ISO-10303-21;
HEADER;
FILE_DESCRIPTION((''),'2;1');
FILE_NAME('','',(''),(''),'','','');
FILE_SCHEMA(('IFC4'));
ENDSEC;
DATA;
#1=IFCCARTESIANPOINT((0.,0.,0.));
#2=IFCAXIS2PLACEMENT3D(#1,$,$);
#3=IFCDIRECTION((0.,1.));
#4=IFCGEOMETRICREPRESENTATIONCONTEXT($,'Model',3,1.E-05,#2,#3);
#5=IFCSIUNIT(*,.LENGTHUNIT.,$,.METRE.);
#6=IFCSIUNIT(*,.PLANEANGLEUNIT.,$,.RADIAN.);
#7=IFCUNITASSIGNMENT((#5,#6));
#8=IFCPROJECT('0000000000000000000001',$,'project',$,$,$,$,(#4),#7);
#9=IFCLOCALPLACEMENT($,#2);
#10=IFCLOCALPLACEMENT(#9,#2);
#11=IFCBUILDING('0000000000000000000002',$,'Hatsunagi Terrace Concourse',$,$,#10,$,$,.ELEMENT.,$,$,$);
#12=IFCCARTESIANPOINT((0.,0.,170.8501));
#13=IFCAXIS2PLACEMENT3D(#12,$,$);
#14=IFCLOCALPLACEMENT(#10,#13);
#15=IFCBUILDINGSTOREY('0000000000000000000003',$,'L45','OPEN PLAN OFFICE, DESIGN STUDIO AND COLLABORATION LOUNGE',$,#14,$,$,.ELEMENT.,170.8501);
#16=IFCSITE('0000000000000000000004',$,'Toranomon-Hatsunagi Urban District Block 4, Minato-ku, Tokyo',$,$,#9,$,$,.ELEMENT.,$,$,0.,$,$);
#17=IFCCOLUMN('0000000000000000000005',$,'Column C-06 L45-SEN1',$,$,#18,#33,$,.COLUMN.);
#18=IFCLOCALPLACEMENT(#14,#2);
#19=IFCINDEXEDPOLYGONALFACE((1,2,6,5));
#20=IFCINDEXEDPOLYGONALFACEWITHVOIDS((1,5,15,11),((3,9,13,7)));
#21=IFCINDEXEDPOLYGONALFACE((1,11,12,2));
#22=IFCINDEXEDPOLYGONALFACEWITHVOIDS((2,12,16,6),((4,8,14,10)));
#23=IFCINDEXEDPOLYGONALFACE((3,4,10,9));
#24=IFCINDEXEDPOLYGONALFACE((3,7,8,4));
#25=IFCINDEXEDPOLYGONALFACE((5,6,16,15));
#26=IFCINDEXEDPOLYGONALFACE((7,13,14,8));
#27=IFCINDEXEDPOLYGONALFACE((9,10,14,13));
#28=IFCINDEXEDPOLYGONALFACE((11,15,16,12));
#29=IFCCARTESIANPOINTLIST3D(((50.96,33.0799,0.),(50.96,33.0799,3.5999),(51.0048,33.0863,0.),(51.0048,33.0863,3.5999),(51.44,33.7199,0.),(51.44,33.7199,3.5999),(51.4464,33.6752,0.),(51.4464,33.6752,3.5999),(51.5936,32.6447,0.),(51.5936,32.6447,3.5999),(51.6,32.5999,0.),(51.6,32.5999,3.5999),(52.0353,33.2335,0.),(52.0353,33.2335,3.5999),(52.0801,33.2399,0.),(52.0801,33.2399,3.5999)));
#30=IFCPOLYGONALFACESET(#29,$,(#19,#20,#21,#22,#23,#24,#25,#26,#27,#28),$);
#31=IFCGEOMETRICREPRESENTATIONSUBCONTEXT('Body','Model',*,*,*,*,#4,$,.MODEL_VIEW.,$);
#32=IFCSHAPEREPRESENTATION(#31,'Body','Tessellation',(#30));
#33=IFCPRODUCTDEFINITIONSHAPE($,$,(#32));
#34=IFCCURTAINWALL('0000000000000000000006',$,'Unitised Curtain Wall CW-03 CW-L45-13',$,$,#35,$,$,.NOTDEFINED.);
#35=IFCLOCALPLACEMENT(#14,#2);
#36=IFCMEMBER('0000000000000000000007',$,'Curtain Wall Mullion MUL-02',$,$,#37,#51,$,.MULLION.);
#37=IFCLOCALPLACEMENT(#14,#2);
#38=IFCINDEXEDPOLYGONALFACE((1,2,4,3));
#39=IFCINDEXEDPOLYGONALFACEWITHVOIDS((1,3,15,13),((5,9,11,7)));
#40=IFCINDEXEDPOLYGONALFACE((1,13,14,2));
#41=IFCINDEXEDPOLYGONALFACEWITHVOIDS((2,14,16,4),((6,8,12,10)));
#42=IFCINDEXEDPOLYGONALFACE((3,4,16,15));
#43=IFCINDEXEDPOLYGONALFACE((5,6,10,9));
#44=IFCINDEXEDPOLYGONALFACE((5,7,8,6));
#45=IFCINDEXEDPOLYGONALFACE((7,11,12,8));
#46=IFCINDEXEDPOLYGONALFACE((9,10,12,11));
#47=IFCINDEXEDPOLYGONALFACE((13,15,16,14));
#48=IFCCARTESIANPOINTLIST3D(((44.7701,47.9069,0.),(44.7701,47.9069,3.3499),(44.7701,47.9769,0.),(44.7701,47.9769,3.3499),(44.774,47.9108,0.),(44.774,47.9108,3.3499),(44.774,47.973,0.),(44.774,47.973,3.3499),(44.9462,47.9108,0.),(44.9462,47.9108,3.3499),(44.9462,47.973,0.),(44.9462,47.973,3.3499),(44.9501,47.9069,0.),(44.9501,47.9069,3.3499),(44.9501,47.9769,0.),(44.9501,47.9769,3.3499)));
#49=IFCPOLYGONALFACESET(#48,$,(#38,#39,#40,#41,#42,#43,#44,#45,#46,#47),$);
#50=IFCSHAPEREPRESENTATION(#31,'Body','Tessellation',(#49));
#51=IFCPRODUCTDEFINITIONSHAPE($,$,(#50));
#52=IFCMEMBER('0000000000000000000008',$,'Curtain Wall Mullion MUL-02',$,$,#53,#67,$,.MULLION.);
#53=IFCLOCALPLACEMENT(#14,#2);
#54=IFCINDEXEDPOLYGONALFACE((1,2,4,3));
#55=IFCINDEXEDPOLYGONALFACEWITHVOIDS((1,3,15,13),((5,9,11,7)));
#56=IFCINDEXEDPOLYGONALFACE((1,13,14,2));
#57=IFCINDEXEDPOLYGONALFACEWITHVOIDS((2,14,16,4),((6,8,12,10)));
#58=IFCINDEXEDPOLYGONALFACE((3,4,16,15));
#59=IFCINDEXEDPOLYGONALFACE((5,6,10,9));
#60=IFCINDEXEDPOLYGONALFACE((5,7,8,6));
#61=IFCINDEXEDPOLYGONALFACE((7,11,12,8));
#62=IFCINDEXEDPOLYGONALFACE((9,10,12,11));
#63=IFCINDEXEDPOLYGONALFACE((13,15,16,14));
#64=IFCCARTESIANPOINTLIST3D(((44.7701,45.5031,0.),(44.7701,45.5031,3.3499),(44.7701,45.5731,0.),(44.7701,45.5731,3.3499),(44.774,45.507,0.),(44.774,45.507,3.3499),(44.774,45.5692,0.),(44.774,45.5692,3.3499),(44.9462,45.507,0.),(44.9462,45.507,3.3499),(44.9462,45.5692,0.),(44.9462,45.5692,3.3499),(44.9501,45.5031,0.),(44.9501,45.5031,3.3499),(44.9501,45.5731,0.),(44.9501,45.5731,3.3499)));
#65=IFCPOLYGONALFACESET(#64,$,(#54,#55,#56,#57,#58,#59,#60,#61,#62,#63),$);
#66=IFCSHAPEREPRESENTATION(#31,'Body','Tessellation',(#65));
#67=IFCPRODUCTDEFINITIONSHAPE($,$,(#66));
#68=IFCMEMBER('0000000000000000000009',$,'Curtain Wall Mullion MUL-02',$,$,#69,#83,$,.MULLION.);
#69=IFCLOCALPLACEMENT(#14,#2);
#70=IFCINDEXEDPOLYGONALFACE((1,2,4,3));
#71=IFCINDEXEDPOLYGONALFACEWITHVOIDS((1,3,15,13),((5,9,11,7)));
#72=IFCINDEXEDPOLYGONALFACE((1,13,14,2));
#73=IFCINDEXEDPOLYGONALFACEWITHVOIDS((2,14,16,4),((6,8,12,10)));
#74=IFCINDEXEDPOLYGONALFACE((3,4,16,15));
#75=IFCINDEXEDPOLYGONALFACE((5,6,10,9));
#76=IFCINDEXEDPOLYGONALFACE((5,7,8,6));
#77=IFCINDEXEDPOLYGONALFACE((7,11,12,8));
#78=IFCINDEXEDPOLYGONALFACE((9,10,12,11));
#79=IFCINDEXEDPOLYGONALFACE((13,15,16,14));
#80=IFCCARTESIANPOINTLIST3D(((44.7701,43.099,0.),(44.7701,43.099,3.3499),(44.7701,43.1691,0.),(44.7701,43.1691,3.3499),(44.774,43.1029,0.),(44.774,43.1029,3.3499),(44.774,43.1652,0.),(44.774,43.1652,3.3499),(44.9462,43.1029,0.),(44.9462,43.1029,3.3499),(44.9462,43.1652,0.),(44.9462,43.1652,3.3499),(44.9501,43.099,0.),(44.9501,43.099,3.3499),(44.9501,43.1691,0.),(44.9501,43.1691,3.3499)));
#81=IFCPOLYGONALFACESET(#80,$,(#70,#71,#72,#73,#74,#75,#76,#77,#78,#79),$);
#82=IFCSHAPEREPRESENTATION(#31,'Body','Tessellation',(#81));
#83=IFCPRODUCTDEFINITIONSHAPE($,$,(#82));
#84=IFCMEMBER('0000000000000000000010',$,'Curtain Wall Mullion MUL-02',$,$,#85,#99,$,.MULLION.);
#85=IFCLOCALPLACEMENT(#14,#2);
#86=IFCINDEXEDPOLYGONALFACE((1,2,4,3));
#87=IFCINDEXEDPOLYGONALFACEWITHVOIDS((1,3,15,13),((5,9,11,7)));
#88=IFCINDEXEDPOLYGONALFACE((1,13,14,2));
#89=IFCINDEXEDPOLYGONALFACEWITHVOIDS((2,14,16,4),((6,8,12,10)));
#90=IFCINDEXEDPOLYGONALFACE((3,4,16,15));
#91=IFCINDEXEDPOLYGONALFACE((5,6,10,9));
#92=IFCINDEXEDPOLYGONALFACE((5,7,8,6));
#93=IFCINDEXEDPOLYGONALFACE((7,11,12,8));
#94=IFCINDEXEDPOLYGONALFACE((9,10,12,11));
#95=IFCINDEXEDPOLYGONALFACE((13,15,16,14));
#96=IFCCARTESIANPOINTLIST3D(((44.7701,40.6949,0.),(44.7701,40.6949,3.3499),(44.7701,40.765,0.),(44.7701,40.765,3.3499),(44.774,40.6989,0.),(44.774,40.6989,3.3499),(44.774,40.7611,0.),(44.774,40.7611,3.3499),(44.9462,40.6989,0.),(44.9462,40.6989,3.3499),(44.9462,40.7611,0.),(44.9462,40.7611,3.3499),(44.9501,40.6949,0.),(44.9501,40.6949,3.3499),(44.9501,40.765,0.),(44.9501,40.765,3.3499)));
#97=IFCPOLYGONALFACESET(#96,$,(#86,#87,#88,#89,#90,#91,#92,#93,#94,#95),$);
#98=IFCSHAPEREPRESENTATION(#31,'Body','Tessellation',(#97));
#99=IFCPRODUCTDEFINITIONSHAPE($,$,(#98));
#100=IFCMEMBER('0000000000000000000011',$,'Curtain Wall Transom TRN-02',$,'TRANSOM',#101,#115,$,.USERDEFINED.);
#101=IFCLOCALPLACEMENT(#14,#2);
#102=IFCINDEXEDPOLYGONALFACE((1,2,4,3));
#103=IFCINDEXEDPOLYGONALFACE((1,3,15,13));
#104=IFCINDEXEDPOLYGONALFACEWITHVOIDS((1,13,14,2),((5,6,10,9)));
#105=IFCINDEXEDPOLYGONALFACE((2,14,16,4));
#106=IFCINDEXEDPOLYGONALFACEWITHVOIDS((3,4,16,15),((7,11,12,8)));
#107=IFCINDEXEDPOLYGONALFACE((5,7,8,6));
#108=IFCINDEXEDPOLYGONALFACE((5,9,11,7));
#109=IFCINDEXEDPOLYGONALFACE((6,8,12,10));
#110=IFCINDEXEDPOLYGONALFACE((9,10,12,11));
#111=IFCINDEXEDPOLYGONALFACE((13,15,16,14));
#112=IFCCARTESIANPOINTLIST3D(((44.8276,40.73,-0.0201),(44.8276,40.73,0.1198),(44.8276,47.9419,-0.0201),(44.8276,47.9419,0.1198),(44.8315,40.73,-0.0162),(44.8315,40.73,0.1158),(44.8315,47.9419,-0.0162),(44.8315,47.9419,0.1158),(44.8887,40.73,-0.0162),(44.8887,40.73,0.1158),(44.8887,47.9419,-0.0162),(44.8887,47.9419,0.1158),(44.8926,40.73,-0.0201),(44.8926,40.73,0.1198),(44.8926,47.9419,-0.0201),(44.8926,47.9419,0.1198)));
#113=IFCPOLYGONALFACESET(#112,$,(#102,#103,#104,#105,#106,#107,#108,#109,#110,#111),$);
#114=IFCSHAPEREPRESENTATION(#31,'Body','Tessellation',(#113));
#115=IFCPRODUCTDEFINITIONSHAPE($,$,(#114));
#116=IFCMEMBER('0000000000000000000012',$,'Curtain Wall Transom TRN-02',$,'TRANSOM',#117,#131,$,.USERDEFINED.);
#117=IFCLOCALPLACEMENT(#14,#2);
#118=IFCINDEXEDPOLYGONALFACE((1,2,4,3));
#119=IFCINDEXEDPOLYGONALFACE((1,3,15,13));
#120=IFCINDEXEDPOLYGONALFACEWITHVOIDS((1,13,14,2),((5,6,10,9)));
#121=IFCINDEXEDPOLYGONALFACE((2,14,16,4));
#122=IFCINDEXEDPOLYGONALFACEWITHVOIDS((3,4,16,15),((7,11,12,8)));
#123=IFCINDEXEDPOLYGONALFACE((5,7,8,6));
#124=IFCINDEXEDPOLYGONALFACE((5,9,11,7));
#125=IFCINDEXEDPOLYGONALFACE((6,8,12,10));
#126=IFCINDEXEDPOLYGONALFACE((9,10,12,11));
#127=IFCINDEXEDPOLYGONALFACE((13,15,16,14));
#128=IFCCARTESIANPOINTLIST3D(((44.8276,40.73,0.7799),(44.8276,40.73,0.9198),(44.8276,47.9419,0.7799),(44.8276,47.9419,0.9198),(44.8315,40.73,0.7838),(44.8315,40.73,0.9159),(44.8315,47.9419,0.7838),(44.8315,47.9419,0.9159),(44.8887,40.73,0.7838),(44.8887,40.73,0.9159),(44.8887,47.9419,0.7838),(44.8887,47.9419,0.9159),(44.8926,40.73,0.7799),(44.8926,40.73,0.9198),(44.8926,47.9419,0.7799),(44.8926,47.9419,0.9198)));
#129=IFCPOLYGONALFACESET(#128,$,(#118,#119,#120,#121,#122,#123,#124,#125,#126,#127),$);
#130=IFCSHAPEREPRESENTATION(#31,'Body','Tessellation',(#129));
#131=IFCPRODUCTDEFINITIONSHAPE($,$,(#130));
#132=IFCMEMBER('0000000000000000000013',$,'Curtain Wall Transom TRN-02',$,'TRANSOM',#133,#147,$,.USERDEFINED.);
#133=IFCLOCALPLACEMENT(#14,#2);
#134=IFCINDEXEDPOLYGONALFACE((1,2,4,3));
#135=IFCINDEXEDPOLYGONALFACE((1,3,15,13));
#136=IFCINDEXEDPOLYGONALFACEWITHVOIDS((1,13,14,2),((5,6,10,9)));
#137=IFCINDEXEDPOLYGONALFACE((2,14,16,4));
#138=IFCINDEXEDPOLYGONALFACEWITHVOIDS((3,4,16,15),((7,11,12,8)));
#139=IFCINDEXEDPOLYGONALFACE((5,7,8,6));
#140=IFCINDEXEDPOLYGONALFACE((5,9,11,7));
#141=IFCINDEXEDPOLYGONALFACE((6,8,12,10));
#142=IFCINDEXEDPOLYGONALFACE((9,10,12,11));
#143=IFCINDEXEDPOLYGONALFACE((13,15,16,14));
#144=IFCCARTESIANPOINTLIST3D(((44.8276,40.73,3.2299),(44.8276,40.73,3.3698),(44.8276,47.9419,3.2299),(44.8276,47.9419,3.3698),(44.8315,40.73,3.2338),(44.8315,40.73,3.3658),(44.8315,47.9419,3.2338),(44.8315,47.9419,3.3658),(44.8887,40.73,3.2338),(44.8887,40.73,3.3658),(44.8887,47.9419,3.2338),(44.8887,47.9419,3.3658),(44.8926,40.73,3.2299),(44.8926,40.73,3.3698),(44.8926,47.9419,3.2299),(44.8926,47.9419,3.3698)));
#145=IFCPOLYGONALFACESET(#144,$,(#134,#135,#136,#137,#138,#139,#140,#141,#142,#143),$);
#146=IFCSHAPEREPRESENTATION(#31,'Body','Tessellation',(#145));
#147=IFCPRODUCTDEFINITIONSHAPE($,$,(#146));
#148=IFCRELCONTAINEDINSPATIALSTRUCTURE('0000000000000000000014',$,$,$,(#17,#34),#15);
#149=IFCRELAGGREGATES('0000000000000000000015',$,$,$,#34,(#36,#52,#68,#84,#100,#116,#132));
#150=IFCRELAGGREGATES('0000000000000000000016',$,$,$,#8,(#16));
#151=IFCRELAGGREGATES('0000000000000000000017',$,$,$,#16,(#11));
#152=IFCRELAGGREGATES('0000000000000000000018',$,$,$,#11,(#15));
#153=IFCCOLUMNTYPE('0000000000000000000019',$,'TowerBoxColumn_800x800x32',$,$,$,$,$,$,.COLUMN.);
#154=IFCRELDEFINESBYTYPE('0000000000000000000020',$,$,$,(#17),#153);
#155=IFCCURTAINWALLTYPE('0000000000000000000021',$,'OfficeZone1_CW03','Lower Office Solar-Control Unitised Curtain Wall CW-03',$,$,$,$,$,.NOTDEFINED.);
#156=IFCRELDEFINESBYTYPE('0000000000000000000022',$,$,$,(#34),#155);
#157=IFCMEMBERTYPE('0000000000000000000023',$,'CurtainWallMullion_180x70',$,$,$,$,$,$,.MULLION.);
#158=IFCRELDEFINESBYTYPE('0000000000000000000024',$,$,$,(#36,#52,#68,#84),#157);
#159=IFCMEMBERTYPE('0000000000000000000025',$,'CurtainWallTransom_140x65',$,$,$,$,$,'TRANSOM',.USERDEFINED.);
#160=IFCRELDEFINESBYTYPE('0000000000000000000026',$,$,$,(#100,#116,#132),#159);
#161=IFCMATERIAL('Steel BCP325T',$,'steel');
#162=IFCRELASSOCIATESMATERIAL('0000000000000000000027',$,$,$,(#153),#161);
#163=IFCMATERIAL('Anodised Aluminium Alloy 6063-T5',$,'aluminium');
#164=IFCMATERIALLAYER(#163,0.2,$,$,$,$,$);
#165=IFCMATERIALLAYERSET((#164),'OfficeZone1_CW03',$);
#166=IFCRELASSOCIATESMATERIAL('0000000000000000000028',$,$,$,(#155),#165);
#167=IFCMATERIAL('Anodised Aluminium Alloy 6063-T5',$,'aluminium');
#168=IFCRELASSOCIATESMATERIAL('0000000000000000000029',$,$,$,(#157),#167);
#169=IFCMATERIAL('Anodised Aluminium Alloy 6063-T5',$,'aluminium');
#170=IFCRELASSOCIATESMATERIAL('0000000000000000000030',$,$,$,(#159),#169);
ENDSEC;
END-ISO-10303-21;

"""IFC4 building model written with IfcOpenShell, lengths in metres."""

from ifc_helpers import new_model, si_unit, direction, frame, origin, origin_2d, place, context, subcontext, project, spatial, hollow_rectangle, extrude, material, layer, layer_set, material_profile, profile_set, type_object, element, aggregate, save


model = new_model("IFC4")

# Units and contexts
model_context = context("Model", 3, precision=1e-05, world=origin(), true_north=direction((0.0, 1.0)))
body_context = subcontext(model_context, "Body", "Model", "MODEL_VIEW")
ifc_project = project(units=[si_unit("LENGTHUNIT", "METRE"), si_unit("PLANEANGLEUNIT", "RADIAN")], contexts=[model_context])

# Site, building, storey
site_placement = place(None, origin())
site = spatial("IfcSite", under=ifc_project, at=site_placement, Name="Toranomon-Hatsunagi Urban District Block 4, Minato-ku, Tokyo", CompositionType="ELEMENT", RefElevation=0.0)
building_placement = place(site_placement, origin())
building = spatial("IfcBuilding", under=site, at=building_placement, Name="Hatsunagi Terrace Concourse", CompositionType="ELEMENT")
storey_placement = place(building_placement, frame((0.0, 0.0, 170.8501)))
storey = spatial("IfcBuildingStorey", under=building, at=storey_placement, Name="L45", Description="OPEN PLAN OFFICE, DESIGN STUDIO AND COLLABORATION LOUNGE", CompositionType="ELEMENT", Elevation=170.8501)

# Column
ifc_material_1 = material(Name="Steel BCP325T", Category="steel")
ifc_material_profile_1 = material_profile(ifc_material_1, hollow_rectangle(XDim=0.8, YDim=0.8, WallThickness=0.032, at=origin_2d()), Name="BCP-800x800x32")
ifc_profile_set_1 = profile_set([ifc_material_profile_1], Name="Steel BCP325T")
column_type = type_object("IfcColumnType", Name="TowerBoxColumn_800x800x32", PredefinedType="COLUMN", material=ifc_profile_set_1)
column_placement = place(storey_placement, frame((51.52, 33.1599, 0.0), z_axis=(0.0, 0.0, 1.0), x_axis=(0.8, -0.6, 0.0)))
element("IfcColumn", 1, at=column_placement, inside=storey, type_object=column_type, Name="Column C-06 L45-SEN1", PredefinedType="COLUMN", context=body_context, shape_type="SweptSolid", body=[
    extrude(hollow_rectangle(XDim=0.8, YDim=0.8, WallThickness=0.032, at=origin_2d()), origin(), (0.0, 0.0, 1.0), 3.5999),
])

# Curtain wall, members
ifc_material_2 = material(Name="Anodised Aluminium Alloy 6063-T5", Category="aluminium")
ifc_layer_1 = layer(ifc_material_2, 0.2)
ifc_layer_set_1 = layer_set([ifc_layer_1], Name="OfficeZone1_CW03")
curtain_wall_type = type_object("IfcCurtainWallType", Name="OfficeZone1_CW03", Description="Lower Office Solar-Control Unitised Curtain Wall CW-03", PredefinedType="NOTDEFINED", material=ifc_layer_set_1)
curtain_wall_placement = place(storey_placement, origin())
curtain_wall = element("IfcCurtainWall", 2, at=curtain_wall_placement, inside=storey, type_object=curtain_wall_type, Name="Unitised Curtain Wall CW-03 CW-L45-13", PredefinedType="NOTDEFINED")
ifc_material_3 = material(Name="Anodised Aluminium Alloy 6063-T5", Category="aluminium")
ifc_material_profile_2 = material_profile(ifc_material_3, hollow_rectangle(XDim=0.0701, YDim=0.1799, WallThickness=0.0039, at=origin_2d()), Name="ALU-MUL-180x70x4")
ifc_profile_set_2 = profile_set([ifc_material_profile_2], Name="Anodised Aluminium Alloy 6063-T5")
member_type_1 = type_object("IfcMemberType", Name="CurtainWallMullion_180x70", PredefinedType="MULLION", material=ifc_profile_set_2)
member_1_placement = place(storey_placement, frame((44.8601, 47.9419, 0.0), z_axis=(0.0, 0.0, 1.0), x_axis=(0.0, -1.0, 0.0)))
member_1 = element("IfcMember", 3, at=member_1_placement, type_object=member_type_1, Name="Curtain Wall Mullion MUL-02", PredefinedType="MULLION", context=body_context, shape_type="SweptSolid", body=[
    extrude(hollow_rectangle(XDim=0.0701, YDim=0.1799, WallThickness=0.0039, at=origin_2d()), origin(), (0.0, 0.0, 1.0), 3.3499),
])
member_2_placement = place(storey_placement, frame((44.8601, 45.5381, 0.0), z_axis=(0.0, 0.0, 1.0), x_axis=(0.0, -1.0, 0.0)))
member_2 = element("IfcMember", 4, at=member_2_placement, type_object=member_type_1, Name="Curtain Wall Mullion MUL-02", PredefinedType="MULLION", context=body_context, shape_type="SweptSolid", body=[
    extrude(hollow_rectangle(XDim=0.0701, YDim=0.1799, WallThickness=0.0039, at=origin_2d()), origin(), (0.0, 0.0, 1.0), 3.3499),
])
member_3_placement = place(storey_placement, frame((44.8601, 43.134, 0.0), z_axis=(0.0, 0.0, 1.0), x_axis=(0.0, -1.0, 0.0)))
member_3 = element("IfcMember", 5, at=member_3_placement, type_object=member_type_1, Name="Curtain Wall Mullion MUL-02", PredefinedType="MULLION", context=body_context, shape_type="SweptSolid", body=[
    extrude(hollow_rectangle(XDim=0.0701, YDim=0.1799, WallThickness=0.0039, at=origin_2d()), origin(), (0.0, 0.0, 1.0), 3.3499),
])
member_4_placement = place(storey_placement, frame((44.8601, 40.73, 0.0), z_axis=(0.0, 0.0, 1.0), x_axis=(0.0, -1.0, 0.0)))
member_4 = element("IfcMember", 6, at=member_4_placement, type_object=member_type_1, Name="Curtain Wall Mullion MUL-02", PredefinedType="MULLION", context=body_context, shape_type="SweptSolid", body=[
    extrude(hollow_rectangle(XDim=0.0701, YDim=0.1799, WallThickness=0.0039, at=origin_2d()), origin(), (0.0, 0.0, 1.0), 3.3499),
])
ifc_material_4 = material(Name="Anodised Aluminium Alloy 6063-T5", Category="aluminium")
ifc_material_profile_3 = material_profile(ifc_material_4, hollow_rectangle(XDim=0.0649, YDim=0.1399, WallThickness=0.0039, at=origin_2d()), Name="ALU-TRN-140x65x4")
ifc_profile_set_3 = profile_set([ifc_material_profile_3], Name="Anodised Aluminium Alloy 6063-T5")
member_type_2 = type_object("IfcMemberType", Name="CurtainWallTransom_140x65", ElementType="TRANSOM", PredefinedType="USERDEFINED", material=ifc_profile_set_3)
member_5_placement = place(storey_placement, frame((44.8601, 47.9419, 0.0498), z_axis=(0.0, -1.0, 0.0), x_axis=(1.0, 0.0, 0.0)))
member_5 = element("IfcMember", 7, at=member_5_placement, type_object=member_type_2, Name="Curtain Wall Transom TRN-02", ObjectType="TRANSOM", PredefinedType="USERDEFINED", context=body_context, shape_type="SweptSolid", body=[
    extrude(hollow_rectangle(XDim=0.0649, YDim=0.1399, WallThickness=0.0039, at=origin_2d()), origin(), (0.0, 0.0, 1.0), 7.2119),
])
member_6_placement = place(storey_placement, frame((44.8601, 47.9419, 0.8499), z_axis=(0.0, -1.0, 0.0), x_axis=(1.0, 0.0, 0.0)))
member_6 = element("IfcMember", 8, at=member_6_placement, type_object=member_type_2, Name="Curtain Wall Transom TRN-02", ObjectType="TRANSOM", PredefinedType="USERDEFINED", context=body_context, shape_type="SweptSolid", body=[
    extrude(hollow_rectangle(XDim=0.0649, YDim=0.1399, WallThickness=0.0039, at=origin_2d()), origin(), (0.0, 0.0, 1.0), 7.2119),
])
member_7_placement = place(storey_placement, frame((44.8601, 47.9419, 3.2998), z_axis=(0.0, -1.0, 0.0), x_axis=(1.0, 0.0, 0.0)))
member_7 = element("IfcMember", 9, at=member_7_placement, type_object=member_type_2, Name="Curtain Wall Transom TRN-02", ObjectType="TRANSOM", PredefinedType="USERDEFINED", context=body_context, shape_type="SweptSolid", body=[
    extrude(hollow_rectangle(XDim=0.0649, YDim=0.1399, WallThickness=0.0039, at=origin_2d()), origin(), (0.0, 0.0, 1.0), 7.2119),
])

aggregate(curtain_wall, [member_1, member_2, member_3, member_4, member_5, member_6, member_7])

save(model, "model.ifc")
